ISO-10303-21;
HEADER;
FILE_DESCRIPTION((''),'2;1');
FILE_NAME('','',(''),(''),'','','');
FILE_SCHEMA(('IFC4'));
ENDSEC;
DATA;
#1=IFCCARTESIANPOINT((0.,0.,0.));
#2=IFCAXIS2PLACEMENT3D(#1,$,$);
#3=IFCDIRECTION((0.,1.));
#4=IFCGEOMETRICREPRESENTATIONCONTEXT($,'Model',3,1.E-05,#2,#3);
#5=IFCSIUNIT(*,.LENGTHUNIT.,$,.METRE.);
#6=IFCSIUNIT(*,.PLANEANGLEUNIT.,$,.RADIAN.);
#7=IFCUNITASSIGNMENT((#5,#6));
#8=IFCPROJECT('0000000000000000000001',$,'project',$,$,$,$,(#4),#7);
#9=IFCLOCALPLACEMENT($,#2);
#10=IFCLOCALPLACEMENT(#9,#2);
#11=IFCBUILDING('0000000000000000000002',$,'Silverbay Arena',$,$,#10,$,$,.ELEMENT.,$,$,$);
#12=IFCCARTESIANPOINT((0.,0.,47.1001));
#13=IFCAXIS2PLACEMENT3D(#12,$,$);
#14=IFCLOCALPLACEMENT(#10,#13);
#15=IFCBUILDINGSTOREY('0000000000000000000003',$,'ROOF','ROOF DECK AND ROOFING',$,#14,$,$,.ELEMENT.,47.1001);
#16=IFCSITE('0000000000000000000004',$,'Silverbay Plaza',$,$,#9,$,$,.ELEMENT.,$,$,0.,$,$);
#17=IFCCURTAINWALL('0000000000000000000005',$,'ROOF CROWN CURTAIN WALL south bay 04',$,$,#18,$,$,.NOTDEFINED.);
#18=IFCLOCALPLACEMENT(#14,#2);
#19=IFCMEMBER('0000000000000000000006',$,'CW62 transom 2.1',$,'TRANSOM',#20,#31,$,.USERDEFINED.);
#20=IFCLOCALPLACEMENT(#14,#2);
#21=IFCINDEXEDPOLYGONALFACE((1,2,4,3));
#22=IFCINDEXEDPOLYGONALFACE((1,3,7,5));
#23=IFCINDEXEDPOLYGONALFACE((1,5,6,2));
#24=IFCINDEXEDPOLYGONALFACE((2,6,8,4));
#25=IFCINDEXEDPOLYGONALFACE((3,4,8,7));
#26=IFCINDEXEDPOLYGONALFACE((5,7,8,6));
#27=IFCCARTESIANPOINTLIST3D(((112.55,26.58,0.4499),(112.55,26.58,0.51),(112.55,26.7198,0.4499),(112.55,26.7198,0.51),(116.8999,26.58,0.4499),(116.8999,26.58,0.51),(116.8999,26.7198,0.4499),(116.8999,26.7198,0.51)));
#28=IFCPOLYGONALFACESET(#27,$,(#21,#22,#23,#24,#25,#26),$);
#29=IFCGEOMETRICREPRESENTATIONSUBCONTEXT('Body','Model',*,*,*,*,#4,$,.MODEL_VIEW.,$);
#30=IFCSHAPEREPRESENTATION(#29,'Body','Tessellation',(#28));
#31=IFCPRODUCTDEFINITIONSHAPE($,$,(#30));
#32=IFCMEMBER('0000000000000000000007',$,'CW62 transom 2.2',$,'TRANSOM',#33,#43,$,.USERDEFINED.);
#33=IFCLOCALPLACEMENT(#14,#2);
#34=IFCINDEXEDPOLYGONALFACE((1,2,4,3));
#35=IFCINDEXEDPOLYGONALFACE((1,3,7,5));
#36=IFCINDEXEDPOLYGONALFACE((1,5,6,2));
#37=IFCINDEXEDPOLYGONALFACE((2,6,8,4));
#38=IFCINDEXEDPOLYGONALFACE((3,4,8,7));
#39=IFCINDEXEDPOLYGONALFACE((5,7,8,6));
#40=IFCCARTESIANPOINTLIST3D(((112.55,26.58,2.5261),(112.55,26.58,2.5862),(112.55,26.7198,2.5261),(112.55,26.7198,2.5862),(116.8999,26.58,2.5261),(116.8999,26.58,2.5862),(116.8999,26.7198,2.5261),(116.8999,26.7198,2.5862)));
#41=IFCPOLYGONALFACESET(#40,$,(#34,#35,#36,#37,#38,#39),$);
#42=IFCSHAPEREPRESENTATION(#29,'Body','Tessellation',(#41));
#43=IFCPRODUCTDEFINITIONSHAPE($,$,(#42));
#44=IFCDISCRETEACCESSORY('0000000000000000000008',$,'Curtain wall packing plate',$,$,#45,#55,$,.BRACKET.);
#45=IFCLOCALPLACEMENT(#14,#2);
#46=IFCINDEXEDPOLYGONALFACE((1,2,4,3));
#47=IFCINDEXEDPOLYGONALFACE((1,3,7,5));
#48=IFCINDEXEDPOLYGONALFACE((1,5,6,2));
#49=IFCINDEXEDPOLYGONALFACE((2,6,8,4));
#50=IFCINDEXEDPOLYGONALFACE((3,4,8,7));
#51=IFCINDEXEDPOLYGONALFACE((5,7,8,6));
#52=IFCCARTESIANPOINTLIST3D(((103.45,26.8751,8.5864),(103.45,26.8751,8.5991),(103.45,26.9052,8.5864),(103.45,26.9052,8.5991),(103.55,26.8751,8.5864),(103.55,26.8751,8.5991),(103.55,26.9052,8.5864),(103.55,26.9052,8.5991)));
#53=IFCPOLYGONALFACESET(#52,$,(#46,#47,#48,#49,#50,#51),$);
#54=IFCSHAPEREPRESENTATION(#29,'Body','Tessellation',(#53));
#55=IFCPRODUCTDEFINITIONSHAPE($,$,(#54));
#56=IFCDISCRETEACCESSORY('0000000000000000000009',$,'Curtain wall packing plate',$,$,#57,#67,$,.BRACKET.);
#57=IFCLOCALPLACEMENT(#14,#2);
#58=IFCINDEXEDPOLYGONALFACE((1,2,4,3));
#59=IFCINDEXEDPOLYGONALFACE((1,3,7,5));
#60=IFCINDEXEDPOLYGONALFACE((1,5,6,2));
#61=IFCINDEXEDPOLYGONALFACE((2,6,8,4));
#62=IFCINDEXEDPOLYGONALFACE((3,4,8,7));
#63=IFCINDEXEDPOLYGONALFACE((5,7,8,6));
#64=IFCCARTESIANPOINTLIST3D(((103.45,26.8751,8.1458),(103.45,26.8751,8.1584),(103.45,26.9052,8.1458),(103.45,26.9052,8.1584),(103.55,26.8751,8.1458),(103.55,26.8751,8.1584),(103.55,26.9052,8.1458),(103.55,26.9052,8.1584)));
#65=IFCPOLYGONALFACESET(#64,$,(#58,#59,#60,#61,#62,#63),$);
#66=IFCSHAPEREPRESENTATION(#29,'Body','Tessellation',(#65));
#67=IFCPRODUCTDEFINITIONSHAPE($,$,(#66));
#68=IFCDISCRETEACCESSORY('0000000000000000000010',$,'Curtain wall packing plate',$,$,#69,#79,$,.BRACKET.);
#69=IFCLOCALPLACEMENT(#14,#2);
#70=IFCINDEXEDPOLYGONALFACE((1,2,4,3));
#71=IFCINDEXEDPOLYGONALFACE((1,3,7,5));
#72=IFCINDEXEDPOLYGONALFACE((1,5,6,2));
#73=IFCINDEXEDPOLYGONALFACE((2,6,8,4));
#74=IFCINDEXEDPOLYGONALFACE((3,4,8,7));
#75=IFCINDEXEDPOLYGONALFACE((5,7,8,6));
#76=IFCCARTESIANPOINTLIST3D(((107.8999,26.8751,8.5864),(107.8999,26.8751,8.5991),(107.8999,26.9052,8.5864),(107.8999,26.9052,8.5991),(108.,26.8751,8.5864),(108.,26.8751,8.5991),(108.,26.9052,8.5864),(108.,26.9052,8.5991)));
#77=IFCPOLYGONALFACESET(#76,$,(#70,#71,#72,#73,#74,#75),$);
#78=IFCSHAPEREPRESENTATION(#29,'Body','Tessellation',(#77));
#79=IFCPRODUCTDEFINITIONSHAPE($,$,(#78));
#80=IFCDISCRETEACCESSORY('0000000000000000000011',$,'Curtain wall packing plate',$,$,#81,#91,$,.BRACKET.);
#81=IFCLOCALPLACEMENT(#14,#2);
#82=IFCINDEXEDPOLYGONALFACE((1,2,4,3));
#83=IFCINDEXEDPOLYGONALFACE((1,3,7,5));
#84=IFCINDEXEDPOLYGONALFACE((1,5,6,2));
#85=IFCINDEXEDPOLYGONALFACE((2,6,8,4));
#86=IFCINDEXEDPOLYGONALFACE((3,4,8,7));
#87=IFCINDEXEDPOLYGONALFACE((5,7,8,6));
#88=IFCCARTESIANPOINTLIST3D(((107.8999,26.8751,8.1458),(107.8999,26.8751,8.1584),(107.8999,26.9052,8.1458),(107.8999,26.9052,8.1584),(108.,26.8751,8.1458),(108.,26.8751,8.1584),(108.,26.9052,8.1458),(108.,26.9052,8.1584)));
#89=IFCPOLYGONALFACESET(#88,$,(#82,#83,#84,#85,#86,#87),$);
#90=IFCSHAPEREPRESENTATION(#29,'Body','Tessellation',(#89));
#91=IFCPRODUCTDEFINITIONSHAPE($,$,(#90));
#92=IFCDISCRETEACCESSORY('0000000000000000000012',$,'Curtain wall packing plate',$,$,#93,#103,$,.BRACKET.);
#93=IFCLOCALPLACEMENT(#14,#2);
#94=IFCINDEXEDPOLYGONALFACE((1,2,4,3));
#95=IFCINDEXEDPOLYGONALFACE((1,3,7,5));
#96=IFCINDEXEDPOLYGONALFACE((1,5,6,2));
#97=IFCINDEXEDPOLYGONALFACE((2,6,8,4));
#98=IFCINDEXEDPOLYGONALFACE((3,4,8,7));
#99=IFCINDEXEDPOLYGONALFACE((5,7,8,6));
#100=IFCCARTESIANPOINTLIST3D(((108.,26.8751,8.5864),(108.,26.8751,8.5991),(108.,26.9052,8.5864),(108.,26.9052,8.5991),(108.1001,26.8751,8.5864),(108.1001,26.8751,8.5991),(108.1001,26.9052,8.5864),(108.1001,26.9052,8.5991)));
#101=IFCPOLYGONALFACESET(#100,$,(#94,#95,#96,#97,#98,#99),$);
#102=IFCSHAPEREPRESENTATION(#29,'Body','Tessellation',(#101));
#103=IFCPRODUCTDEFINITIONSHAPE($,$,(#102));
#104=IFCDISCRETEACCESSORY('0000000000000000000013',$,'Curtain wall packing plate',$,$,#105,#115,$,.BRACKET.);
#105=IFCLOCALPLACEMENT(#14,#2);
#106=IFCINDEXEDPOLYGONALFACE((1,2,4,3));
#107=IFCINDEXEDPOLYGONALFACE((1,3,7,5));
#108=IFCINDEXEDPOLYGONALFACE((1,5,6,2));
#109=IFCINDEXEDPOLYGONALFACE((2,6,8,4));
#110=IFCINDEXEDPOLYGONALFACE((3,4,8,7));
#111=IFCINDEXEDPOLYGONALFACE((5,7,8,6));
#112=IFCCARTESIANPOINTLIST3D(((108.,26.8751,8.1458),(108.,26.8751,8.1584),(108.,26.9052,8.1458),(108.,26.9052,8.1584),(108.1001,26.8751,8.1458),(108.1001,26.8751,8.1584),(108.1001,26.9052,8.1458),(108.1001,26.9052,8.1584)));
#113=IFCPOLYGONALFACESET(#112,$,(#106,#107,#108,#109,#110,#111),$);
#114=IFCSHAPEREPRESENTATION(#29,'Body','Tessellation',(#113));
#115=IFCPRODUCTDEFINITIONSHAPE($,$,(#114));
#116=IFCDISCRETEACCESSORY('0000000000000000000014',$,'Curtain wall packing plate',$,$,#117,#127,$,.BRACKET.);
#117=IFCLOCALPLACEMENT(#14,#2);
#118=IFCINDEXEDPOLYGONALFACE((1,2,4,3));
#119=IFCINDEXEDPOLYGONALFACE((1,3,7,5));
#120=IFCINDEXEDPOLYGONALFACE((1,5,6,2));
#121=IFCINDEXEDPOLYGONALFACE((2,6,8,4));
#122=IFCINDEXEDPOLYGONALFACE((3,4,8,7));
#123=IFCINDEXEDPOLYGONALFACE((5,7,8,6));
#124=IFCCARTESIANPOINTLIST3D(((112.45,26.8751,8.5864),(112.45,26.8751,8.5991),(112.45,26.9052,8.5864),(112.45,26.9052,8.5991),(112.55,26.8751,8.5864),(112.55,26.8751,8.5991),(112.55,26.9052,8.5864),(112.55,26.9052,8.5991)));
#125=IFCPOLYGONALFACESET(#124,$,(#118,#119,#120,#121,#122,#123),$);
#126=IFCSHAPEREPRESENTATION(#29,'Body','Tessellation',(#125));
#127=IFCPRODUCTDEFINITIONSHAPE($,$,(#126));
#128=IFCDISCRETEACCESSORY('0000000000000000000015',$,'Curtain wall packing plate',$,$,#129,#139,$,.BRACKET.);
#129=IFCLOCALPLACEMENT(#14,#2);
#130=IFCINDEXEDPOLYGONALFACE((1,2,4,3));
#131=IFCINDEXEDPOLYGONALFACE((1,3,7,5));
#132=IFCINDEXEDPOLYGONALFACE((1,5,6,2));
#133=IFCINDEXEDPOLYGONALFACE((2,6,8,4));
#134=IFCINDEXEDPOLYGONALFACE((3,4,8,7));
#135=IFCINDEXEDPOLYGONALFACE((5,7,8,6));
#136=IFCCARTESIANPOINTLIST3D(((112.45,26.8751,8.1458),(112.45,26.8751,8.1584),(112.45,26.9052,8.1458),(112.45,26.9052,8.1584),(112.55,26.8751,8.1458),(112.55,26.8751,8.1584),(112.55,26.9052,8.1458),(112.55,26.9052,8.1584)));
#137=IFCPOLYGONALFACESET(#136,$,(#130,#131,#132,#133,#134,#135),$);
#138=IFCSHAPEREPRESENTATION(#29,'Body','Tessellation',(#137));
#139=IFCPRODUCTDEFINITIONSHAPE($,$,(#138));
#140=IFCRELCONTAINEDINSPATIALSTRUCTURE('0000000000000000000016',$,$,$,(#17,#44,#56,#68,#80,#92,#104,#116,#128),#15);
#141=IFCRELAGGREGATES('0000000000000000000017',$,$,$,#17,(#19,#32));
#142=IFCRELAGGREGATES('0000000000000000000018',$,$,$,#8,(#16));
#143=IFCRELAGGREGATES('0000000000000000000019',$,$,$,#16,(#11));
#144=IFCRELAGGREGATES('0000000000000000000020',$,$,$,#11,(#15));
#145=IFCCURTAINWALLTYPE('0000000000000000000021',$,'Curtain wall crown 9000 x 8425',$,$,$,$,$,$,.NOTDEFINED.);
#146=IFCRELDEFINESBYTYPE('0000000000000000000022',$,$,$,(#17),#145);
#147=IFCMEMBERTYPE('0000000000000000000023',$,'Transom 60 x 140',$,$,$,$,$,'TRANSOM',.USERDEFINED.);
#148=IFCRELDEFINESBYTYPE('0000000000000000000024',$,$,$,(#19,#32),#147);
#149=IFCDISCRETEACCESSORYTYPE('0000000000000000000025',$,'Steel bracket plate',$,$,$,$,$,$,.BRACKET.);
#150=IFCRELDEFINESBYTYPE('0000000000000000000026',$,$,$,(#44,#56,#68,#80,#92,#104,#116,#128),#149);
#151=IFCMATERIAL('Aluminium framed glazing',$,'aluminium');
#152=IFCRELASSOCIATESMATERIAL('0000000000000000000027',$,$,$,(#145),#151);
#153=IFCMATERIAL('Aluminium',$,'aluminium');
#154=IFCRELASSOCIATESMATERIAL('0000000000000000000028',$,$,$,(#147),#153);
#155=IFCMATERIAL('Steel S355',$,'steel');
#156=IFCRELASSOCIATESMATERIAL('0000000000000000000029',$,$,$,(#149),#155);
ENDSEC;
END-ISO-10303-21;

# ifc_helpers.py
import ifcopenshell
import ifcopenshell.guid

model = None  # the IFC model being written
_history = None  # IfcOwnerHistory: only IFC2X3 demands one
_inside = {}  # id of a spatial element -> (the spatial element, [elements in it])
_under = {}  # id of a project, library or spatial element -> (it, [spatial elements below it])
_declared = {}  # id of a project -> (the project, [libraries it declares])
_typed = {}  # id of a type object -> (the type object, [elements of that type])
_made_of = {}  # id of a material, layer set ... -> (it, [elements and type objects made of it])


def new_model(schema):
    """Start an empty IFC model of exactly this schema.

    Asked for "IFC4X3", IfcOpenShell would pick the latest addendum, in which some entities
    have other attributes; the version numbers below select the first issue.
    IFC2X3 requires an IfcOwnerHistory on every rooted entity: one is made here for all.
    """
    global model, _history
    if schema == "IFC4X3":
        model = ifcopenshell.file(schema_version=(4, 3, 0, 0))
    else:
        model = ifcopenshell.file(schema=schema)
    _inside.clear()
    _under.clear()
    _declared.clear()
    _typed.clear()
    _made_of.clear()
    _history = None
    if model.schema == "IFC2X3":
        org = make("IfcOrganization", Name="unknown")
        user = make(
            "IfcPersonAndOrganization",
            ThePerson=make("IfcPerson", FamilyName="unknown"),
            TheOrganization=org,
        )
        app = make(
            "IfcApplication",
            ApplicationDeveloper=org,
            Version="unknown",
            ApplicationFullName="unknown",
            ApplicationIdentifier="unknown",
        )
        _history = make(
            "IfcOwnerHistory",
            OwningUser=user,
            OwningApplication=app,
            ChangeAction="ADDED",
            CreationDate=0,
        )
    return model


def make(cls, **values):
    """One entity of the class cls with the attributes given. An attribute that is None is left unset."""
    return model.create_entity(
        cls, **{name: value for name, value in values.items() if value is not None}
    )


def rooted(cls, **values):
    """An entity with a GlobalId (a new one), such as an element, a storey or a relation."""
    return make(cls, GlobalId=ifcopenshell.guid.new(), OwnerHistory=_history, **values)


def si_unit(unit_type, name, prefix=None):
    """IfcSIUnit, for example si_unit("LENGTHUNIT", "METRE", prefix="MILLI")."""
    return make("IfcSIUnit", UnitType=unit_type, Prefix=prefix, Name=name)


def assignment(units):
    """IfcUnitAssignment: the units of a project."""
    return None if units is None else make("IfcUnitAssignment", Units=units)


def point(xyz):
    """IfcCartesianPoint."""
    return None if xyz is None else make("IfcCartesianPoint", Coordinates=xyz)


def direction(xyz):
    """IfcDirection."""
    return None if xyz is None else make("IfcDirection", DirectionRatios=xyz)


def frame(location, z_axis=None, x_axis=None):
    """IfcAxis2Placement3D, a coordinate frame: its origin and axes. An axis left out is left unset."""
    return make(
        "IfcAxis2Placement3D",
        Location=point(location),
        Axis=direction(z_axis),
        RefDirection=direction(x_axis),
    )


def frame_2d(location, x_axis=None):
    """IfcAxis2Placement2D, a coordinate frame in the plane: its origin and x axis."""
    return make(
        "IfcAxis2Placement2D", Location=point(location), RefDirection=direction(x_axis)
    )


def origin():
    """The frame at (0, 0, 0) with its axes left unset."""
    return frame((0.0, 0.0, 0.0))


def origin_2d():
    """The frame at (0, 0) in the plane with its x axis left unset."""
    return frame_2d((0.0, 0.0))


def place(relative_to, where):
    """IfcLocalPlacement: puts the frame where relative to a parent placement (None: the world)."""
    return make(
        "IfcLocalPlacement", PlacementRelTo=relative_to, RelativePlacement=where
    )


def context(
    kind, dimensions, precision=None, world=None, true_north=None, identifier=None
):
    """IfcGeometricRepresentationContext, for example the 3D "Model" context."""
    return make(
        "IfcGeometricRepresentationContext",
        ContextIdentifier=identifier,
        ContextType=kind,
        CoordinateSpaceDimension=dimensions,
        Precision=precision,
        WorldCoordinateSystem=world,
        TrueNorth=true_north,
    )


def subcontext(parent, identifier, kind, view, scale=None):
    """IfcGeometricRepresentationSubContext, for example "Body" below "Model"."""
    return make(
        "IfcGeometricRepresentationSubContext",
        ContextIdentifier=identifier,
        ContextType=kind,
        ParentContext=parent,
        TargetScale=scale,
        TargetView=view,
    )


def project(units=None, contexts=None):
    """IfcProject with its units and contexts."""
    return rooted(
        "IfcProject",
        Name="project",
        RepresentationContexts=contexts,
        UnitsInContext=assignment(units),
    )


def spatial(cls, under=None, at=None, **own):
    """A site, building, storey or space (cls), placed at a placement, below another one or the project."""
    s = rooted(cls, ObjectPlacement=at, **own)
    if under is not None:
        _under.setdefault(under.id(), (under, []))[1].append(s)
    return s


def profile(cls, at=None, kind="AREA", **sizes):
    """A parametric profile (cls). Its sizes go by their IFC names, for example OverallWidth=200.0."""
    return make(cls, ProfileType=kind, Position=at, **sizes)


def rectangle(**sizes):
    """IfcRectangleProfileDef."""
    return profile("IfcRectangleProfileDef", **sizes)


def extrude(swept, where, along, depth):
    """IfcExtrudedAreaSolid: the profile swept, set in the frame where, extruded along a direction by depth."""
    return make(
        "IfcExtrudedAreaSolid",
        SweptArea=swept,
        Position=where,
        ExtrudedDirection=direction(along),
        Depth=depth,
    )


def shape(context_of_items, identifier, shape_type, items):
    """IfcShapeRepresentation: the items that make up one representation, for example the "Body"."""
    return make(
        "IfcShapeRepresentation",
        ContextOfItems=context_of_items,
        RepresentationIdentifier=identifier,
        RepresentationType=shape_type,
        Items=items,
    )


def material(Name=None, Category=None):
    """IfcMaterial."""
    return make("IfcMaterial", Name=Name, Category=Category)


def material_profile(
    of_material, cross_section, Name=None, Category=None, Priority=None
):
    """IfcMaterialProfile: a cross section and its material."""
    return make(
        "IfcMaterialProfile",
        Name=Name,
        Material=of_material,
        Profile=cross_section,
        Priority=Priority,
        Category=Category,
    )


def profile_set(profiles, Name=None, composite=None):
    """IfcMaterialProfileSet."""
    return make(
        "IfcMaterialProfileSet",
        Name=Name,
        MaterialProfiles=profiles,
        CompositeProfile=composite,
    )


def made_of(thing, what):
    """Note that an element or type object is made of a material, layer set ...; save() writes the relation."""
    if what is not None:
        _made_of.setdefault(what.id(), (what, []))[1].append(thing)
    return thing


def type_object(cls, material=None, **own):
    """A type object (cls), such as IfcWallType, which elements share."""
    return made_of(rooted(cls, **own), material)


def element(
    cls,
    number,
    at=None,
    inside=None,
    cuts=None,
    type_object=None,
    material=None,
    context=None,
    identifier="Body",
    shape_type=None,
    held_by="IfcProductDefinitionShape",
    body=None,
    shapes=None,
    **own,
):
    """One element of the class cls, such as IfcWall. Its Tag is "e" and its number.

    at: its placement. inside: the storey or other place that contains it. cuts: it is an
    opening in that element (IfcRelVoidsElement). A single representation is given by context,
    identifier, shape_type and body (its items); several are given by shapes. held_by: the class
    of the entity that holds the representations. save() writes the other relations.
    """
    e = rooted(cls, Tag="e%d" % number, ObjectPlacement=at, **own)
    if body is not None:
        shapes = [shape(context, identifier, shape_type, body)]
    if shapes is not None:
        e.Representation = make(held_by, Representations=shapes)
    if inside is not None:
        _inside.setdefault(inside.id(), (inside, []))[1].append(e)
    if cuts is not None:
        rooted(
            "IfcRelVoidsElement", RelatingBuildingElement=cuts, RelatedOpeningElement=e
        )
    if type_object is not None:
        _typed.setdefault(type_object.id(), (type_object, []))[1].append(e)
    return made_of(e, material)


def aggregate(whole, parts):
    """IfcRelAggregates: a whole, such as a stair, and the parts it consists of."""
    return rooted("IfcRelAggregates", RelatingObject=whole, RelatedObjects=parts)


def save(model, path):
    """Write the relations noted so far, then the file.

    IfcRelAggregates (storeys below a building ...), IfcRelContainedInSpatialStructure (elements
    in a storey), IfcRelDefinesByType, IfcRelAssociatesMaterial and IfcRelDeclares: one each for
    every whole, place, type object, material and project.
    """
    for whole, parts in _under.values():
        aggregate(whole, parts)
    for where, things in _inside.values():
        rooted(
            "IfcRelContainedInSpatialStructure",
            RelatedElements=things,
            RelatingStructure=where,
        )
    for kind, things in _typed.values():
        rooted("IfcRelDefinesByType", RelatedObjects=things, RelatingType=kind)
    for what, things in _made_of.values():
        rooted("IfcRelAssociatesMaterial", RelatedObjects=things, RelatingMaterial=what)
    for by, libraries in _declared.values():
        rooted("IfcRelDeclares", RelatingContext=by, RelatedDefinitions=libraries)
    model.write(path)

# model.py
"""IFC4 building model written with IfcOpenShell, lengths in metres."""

from ifc_helpers import new_model, si_unit, direction, frame, origin, origin_2d, place, context, subcontext, project, spatial, rectangle, extrude, material, material_profile, profile_set, type_object, element, aggregate, save


model = new_model("IFC4")

# Units and contexts
model_context = context("Model", 3, precision=1e-05, world=origin(), true_north=direction((0.0, 1.0)))
body_context = subcontext(model_context, "Body", "Model", "MODEL_VIEW")
ifc_project = project(units=[si_unit("LENGTHUNIT", "METRE"), si_unit("PLANEANGLEUNIT", "RADIAN")], contexts=[model_context])

# Site, building, storey
site_placement = place(None, origin())
site = spatial("IfcSite", under=ifc_project, at=site_placement, Name="Silverbay Plaza", CompositionType="ELEMENT", RefElevation=0.0)
building_placement = place(site_placement, origin())
building = spatial("IfcBuilding", under=site, at=building_placement, Name="Silverbay Arena", CompositionType="ELEMENT")
storey_placement = place(building_placement, frame((0.0, 0.0, 47.1001)))
storey = spatial("IfcBuildingStorey", under=building, at=storey_placement, Name="ROOF", Description="ROOF DECK AND ROOFING", CompositionType="ELEMENT", Elevation=47.1001)

# Curtain wall
ifc_material_1 = material(Name="Aluminium framed glazing", Category="aluminium")
curtain_wall_type = type_object("IfcCurtainWallType", Name="Curtain wall crown 9000 x 8425", PredefinedType="NOTDEFINED", material=ifc_material_1)
placement = place(building_placement, frame((0.0, 0.0, 33.5)))
curtain_wall_1_placement = place(storey_placement, origin())
curtain_wall_1 = element("IfcCurtainWall", 1, at=curtain_wall_1_placement, inside=storey, type_object=curtain_wall_type, Name="ROOF CROWN CURTAIN WALL south bay 04", PredefinedType="NOTDEFINED")

# Members
ifc_material_2 = material(Name="Aluminium", Category="aluminium")
ifc_material_profile_1 = material_profile(ifc_material_2, rectangle(XDim=0.1399, YDim=0.0601, at=origin_2d()), Name="Transom 60 x 140")
ifc_profile_set_1 = profile_set([ifc_material_profile_1], Name="Aluminium")
member_type_1 = type_object("IfcMemberType", Name="Transom 60 x 140", ElementType="TRANSOM", PredefinedType="USERDEFINED", material=ifc_profile_set_1)
member_1_placement = place(placement, frame((112.55, 26.6499, 14.0801), z_axis=(1.0, 0.0, 0.0), x_axis=(0.0, 1.0, 0.0)))
member_1 = element("IfcMember", 2, at=member_1_placement, type_object=member_type_1, Name="CW62 transom 2.1", ObjectType="TRANSOM", PredefinedType="USERDEFINED", context=body_context, shape_type="SweptSolid", body=[
    extrude(rectangle(XDim=0.1399, YDim=0.0601, at=origin_2d()), origin(), (0.0, 0.0, 1.0), 4.3499),
])
member_2_placement = place(placement, frame((112.55, 26.6499, 16.1562), z_axis=(1.0, 0.0, 0.0), x_axis=(0.0, 1.0, 0.0)))
member_2 = element("IfcMember", 3, at=member_2_placement, type_object=member_type_1, Name="CW62 transom 2.2", ObjectType="TRANSOM", PredefinedType="USERDEFINED", context=body_context, shape_type="SweptSolid", body=[
    extrude(rectangle(XDim=0.1399, YDim=0.0601, at=origin_2d()), origin(), (0.0, 0.0, 1.0), 4.3499),
])

aggregate(curtain_wall_1, [member_1, member_2])

# Discrete accessories
ifc_material_3 = material(Name="Steel S355", Category="steel")
discrete_accessory_type = type_object("IfcDiscreteAccessoryType", Name="Steel bracket plate", PredefinedType="BRACKET", material=ifc_material_3)
for number, where, z_axis, x_axis, name in (
    (4, (103.5, 26.8901, 8.5864), (0.0, 0.0, 1.0), (1.0, 0.0, 0.0), "Curtain wall packing plate"),
    (5, (103.5, 26.8901, 8.1458), (0.0, 0.0, 1.0), (1.0, 0.0, 0.0), "Curtain wall packing plate"),
    (6, (107.95, 26.8901, 8.5864), (0.0, 0.0, 1.0), (1.0, 0.0, 0.0), "Curtain wall packing plate"),
    (7, (107.95, 26.8901, 8.1458), (0.0, 0.0, 1.0), (1.0, 0.0, 0.0), "Curtain wall packing plate"),
    (8, (108.05, 26.8901, 8.5864), (0.0, 0.0, 1.0), (1.0, 0.0, 0.0), "Curtain wall packing plate"),
    (9, (108.05, 26.8901, 8.1458), (0.0, 0.0, 1.0), (1.0, 0.0, 0.0), "Curtain wall packing plate"),
    (10, (112.5, 26.8901, 8.5864), (0.0, 0.0, 1.0), (1.0, 0.0, 0.0), "Curtain wall packing plate"),
    (11, (112.5, 26.8901, 8.1458), (0.0, 0.0, 1.0), (1.0, 0.0, 0.0), "Curtain wall packing plate"),
):
    element("IfcDiscreteAccessory", number, at=place(storey_placement, frame(where, z_axis=z_axis, x_axis=x_axis)), inside=storey, type_object=discrete_accessory_type, Name=name, PredefinedType="BRACKET", context=body_context, shape_type="SweptSolid", body=[
        extrude(rectangle(XDim=0.1001, YDim=0.03, at=origin_2d()), origin(), (0.0, 0.0, 1.0), 0.0127),
    ])

save(model, "model.ifc")
